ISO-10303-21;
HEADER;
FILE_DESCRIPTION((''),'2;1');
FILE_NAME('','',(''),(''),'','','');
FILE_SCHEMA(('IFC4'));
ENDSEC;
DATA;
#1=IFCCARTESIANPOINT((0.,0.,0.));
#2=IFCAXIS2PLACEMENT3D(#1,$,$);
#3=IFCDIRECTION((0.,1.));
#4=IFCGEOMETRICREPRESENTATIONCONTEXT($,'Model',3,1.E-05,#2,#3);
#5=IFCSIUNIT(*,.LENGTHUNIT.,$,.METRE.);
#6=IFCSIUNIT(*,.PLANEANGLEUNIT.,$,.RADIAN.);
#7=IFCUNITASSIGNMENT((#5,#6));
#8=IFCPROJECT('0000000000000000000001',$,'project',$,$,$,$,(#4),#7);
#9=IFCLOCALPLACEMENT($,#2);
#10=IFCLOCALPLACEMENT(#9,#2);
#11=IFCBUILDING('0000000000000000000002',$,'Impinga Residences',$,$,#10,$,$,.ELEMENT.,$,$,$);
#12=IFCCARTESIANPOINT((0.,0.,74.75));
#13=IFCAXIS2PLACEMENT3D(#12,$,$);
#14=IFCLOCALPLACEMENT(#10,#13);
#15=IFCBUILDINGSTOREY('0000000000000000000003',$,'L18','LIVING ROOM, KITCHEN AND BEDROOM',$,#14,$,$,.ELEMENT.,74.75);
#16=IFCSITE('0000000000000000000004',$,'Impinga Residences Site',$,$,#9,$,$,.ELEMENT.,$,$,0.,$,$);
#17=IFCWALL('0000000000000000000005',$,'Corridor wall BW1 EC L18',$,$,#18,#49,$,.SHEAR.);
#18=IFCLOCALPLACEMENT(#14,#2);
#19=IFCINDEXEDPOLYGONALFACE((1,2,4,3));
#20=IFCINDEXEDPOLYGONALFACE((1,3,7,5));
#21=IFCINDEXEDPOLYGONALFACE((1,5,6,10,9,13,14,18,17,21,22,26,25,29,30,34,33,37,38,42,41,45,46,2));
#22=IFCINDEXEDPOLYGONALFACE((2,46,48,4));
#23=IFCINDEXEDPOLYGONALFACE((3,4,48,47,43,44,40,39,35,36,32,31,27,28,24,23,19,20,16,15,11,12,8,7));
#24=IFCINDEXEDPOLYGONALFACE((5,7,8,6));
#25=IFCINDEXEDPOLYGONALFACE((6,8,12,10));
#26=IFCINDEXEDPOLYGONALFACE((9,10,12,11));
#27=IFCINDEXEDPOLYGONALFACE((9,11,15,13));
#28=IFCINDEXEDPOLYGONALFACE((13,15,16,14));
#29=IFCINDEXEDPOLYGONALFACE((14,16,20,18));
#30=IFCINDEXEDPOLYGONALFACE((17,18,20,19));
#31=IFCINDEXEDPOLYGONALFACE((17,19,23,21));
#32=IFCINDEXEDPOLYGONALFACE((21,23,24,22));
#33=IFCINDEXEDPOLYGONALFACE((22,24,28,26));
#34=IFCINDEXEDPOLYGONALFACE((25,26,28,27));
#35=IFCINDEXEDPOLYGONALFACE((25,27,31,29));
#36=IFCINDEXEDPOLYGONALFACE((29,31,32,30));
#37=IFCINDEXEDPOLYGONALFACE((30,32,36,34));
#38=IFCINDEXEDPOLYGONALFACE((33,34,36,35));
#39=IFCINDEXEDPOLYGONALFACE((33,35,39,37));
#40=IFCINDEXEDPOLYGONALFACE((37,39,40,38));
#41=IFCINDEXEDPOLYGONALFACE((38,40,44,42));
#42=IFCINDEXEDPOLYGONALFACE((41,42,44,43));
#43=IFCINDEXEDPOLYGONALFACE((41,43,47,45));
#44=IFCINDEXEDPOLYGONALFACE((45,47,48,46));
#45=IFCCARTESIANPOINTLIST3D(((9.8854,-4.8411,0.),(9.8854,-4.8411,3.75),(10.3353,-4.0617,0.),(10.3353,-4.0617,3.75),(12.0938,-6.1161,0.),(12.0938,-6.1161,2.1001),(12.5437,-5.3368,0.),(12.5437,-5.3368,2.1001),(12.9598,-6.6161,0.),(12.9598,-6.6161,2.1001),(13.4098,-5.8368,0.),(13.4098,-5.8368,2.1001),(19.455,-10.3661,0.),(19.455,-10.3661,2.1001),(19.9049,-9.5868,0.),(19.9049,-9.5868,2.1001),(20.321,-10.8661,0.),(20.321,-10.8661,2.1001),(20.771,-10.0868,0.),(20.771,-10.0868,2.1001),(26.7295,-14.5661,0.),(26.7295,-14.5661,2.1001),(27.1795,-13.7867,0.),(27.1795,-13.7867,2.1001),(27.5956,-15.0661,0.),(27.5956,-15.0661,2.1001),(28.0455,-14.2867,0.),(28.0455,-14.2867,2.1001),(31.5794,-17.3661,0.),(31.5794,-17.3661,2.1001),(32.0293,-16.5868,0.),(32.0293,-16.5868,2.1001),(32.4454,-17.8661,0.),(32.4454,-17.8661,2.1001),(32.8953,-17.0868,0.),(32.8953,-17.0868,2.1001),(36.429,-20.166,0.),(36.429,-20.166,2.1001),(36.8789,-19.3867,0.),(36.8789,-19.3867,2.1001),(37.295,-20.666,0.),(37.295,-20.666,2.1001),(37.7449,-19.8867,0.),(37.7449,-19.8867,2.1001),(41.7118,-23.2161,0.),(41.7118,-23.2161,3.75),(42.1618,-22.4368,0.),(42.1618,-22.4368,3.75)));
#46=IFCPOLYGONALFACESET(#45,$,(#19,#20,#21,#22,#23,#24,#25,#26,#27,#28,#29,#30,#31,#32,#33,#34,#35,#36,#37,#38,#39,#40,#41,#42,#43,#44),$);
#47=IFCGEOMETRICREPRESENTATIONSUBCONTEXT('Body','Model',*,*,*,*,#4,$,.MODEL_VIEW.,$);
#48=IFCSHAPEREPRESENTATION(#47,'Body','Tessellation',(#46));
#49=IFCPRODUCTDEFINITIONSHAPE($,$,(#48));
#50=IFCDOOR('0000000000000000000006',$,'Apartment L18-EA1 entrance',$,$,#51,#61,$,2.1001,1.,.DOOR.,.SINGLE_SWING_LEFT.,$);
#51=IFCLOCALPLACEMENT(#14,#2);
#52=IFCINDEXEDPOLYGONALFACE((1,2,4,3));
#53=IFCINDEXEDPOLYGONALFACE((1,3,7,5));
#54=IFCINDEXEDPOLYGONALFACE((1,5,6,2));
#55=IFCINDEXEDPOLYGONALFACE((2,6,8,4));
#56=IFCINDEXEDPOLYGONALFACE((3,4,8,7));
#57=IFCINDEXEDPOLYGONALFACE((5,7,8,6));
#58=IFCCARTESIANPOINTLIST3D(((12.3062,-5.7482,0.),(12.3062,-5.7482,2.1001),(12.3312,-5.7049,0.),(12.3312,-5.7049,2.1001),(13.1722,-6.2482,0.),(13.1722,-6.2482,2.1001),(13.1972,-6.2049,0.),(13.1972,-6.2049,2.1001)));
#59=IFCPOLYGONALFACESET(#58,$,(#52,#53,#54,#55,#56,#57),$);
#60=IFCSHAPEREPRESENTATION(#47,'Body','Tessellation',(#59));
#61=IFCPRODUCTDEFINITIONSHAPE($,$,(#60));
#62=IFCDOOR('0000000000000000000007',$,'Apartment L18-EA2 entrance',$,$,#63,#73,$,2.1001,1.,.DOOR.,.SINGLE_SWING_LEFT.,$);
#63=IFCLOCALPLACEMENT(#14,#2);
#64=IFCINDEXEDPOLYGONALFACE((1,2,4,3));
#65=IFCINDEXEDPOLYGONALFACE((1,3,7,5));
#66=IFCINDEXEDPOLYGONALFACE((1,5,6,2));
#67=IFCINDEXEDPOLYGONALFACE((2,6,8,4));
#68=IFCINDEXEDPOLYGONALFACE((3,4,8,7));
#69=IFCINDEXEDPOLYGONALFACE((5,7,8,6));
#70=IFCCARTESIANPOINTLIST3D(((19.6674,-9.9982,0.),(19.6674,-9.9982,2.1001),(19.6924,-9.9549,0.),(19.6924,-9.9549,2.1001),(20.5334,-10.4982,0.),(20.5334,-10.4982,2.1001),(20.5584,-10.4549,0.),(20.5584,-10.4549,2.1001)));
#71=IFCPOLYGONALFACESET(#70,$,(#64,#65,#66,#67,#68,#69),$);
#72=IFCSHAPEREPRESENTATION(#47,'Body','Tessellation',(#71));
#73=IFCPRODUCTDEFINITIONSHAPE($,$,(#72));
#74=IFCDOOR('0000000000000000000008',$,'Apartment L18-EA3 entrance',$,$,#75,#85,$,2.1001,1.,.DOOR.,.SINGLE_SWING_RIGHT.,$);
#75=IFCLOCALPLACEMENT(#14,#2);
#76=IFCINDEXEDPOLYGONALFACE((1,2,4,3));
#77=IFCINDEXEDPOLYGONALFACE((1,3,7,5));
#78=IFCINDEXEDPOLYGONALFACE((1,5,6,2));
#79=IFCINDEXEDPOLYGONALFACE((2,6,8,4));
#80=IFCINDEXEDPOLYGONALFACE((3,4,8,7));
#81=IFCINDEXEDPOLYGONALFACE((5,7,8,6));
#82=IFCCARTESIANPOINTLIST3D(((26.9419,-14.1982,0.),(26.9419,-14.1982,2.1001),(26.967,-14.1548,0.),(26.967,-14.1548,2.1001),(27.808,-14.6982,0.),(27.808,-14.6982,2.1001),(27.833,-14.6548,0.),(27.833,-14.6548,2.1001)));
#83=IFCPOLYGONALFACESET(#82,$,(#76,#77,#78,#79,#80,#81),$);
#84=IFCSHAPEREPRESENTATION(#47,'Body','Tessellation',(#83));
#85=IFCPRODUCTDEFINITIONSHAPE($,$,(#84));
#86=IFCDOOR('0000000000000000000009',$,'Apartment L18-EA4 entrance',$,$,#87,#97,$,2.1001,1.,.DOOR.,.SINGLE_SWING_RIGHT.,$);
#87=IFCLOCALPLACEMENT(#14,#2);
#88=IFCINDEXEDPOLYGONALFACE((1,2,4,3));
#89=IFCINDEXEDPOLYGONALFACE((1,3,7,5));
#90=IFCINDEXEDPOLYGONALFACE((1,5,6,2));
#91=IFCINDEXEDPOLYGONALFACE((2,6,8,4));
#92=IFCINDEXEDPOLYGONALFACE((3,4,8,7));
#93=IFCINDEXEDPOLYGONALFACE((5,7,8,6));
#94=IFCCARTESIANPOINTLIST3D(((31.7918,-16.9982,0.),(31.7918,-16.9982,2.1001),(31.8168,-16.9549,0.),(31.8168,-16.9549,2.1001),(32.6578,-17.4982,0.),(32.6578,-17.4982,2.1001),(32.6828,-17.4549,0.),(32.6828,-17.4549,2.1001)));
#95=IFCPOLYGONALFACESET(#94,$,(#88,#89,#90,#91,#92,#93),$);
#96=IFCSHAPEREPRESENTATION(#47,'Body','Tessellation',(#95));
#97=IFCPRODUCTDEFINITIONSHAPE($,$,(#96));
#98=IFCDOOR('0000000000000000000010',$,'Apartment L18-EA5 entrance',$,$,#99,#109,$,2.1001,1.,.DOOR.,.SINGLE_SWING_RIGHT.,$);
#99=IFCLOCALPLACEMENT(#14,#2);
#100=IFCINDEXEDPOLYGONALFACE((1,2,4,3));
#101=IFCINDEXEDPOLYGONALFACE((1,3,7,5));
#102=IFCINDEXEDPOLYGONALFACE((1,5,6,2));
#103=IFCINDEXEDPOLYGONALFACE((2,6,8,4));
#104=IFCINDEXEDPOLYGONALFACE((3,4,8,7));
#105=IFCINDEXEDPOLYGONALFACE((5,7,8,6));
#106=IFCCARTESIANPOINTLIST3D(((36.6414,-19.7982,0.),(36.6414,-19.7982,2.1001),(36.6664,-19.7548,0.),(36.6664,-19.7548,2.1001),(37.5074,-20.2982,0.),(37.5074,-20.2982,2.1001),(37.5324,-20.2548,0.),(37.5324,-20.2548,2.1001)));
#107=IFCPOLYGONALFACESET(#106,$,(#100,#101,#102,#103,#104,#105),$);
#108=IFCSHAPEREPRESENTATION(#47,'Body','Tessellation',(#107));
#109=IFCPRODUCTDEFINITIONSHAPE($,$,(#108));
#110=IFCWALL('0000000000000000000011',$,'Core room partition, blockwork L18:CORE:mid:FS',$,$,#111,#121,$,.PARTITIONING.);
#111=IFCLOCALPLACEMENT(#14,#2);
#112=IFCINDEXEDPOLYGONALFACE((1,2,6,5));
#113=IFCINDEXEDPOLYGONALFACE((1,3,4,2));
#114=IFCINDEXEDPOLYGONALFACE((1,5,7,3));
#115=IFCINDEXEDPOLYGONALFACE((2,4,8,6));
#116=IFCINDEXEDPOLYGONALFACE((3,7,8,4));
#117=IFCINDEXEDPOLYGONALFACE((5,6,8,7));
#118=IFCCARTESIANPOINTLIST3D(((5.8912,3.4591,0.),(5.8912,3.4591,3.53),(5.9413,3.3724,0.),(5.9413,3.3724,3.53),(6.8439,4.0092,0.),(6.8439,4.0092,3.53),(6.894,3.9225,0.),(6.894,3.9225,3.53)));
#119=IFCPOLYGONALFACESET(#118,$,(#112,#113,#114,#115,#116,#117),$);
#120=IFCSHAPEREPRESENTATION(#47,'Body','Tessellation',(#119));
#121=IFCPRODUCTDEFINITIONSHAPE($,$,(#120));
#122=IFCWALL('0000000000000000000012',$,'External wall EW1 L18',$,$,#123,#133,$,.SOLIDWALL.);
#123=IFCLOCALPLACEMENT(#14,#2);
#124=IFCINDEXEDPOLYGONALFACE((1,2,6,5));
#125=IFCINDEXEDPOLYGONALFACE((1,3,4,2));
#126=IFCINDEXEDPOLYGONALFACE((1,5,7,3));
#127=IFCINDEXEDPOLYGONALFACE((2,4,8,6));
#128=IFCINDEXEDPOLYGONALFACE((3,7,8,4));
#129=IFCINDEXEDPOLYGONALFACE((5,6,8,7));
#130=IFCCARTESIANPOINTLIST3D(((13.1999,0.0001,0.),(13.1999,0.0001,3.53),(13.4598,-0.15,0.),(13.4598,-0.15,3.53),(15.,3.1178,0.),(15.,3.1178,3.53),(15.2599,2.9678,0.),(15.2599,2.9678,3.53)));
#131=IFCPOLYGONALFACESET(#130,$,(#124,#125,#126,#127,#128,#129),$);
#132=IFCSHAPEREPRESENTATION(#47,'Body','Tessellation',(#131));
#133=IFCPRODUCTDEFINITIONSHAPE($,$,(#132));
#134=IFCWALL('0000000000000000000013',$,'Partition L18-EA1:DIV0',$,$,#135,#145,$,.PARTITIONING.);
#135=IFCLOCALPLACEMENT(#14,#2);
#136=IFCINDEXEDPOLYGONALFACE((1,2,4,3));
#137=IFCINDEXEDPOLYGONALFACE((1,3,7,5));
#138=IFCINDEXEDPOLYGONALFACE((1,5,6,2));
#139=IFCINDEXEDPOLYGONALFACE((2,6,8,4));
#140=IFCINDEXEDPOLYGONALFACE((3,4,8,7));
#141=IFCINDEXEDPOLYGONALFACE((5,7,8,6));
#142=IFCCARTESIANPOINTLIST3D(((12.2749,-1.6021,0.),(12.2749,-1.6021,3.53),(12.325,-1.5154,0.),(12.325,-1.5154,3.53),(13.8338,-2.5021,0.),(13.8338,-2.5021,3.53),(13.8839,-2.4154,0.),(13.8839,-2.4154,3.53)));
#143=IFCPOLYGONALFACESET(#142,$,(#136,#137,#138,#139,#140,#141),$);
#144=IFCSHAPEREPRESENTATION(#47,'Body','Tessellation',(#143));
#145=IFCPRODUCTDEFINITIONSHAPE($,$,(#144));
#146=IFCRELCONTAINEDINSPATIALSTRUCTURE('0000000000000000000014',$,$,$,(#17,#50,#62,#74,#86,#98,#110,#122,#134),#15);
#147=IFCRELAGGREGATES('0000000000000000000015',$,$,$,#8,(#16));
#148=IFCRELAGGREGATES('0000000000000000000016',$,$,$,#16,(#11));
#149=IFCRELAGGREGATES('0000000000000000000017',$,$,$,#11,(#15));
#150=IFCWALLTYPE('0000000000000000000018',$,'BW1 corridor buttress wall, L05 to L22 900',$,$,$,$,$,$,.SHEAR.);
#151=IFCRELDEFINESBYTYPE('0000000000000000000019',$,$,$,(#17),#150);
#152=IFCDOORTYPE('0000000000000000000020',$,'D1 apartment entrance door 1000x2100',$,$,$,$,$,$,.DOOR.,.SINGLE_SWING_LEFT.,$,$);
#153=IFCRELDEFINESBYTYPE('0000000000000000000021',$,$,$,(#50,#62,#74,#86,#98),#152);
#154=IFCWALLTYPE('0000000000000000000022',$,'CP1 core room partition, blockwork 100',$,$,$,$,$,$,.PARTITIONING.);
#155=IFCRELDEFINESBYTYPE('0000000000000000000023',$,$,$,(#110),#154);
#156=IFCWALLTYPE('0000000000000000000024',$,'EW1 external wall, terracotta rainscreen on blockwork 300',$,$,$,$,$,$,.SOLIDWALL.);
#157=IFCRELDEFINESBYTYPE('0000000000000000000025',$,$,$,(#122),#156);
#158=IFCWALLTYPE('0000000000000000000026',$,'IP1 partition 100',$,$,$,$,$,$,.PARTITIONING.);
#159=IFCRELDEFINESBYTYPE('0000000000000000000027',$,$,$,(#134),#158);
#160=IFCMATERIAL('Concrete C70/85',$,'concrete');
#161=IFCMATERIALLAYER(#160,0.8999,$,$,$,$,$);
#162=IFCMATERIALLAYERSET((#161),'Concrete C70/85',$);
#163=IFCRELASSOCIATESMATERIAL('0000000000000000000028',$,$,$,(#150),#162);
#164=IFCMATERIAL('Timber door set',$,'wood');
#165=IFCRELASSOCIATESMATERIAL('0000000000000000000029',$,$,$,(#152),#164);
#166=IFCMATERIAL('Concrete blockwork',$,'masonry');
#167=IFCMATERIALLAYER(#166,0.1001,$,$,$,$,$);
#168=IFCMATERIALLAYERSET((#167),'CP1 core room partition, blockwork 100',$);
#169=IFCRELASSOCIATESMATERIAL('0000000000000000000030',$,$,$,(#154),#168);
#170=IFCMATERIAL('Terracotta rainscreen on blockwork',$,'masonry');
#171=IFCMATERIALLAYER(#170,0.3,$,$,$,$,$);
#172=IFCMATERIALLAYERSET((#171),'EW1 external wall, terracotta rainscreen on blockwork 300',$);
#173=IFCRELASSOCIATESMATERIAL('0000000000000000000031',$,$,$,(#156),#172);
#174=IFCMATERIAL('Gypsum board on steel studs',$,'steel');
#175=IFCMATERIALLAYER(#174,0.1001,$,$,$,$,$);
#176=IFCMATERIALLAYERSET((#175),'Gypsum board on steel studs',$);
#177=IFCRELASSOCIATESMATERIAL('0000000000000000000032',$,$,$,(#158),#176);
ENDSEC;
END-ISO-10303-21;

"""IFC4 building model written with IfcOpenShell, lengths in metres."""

from ifc_helpers import new_model, si_unit, direction, frame, frame_2d, origin, place, context, subcontext, project, spatial, rectangle, extrude, material, layer, layer_set, type_object, element, fill, save


model = new_model("IFC4")

# Units and contexts
model_context = context("Model", 3, precision=1e-05, world=origin(), true_north=direction((0.0, 1.0)))
body_context = subcontext(model_context, "Body", "Model", "MODEL_VIEW")
ifc_project = project(units=[si_unit("LENGTHUNIT", "METRE"), si_unit("PLANEANGLEUNIT", "RADIAN")], contexts=[model_context])

# Site, building, storey
site_placement = place(None, origin())
site = spatial("IfcSite", under=ifc_project, at=site_placement, Name="Impinga Residences Site", CompositionType="ELEMENT", RefElevation=0.0)
building_placement = place(site_placement, origin())
building = spatial("IfcBuilding", under=site, at=building_placement, Name="Impinga Residences", CompositionType="ELEMENT")
storey_placement = place(building_placement, frame((0.0, 0.0, 74.75)))
storey = spatial("IfcBuildingStorey", under=building, at=storey_placement, Name="L18", Description="LIVING ROOM, KITCHEN AND BEDROOM", CompositionType="ELEMENT", Elevation=74.75)

# Wall, openings, doors
ifc_material_1 = material(Name="Concrete C70/85", Category="concrete")
ifc_layer_1 = layer(ifc_material_1, 0.8999)
ifc_layer_set_1 = layer_set([ifc_layer_1], Name="Concrete C70/85")
wall_type_1 = type_object("IfcWallType", Name="BW1 corridor buttress wall, L05 to L22 900", PredefinedType="SHEAR", material=ifc_layer_set_1)
wall_1_placement = place(storey_placement, frame((10.1104, -4.4514, 0.0), z_axis=(0.0, 0.0, 1.0), x_axis=(0.866025, -0.5, 0.0)))
wall_1 = element("IfcWall", 1, at=wall_1_placement, inside=storey, type_object=wall_type_1, Name="Corridor wall BW1 EC L18", PredefinedType="SHEAR", context=body_context, shape_type="SweptSolid", body=[
    extrude(rectangle(XDim=36.75, YDim=0.8999, at=frame_2d((18.375, 0.0))), origin(), (0.0, 0.0, 1.0), 3.75),
])
opening_1_placement = place(wall_1_placement, frame((2.55, 0.0, 0.0)))
opening_1 = element("IfcOpeningElement", 2, at=opening_1_placement, cuts=wall_1, PredefinedType="OPENING", context=body_context, shape_type="SweptSolid", body=[
    extrude(rectangle(XDim=1.0, YDim=2.1001, at=frame_2d((0.5, 1.05))), frame((0.0, 0.46, 0.0), z_axis=(0.0, -1.0, 0.0), x_axis=(1.0, 0.0, 0.0)), (0.0, 0.0, 1.0), 0.9199),
])
opening_2_placement = place(wall_1_placement, frame((11.05, 0.0, 0.0)))
opening_2 = element("IfcOpeningElement", 3, at=opening_2_placement, cuts=wall_1, PredefinedType="OPENING", context=body_context, shape_type="SweptSolid", body=[
    extrude(rectangle(XDim=1.0, YDim=2.1001, at=frame_2d((0.5, 1.05))), frame((0.0, 0.46, 0.0), z_axis=(0.0, -1.0, 0.0), x_axis=(1.0, 0.0, 0.0)), (0.0, 0.0, 1.0), 0.9199),
])
opening_3_placement = place(wall_1_placement, frame((19.45, 0.0, 0.0)))
opening_3 = element("IfcOpeningElement", 4, at=opening_3_placement, cuts=wall_1, PredefinedType="OPENING", context=body_context, shape_type="SweptSolid", body=[
    extrude(rectangle(XDim=1.0, YDim=2.1001, at=frame_2d((0.5, 1.05))), frame((0.0, 0.46, 0.0), z_axis=(0.0, -1.0, 0.0), x_axis=(1.0, 0.0, 0.0)), (0.0, 0.0, 1.0), 0.9199),
])
opening_4_placement = place(wall_1_placement, frame((25.05, 0.0, 0.0)))
opening_4 = element("IfcOpeningElement", 5, at=opening_4_placement, cuts=wall_1, PredefinedType="OPENING", context=body_context, shape_type="SweptSolid", body=[
    extrude(rectangle(XDim=1.0, YDim=2.1001, at=frame_2d((0.5, 1.05))), frame((0.0, 0.46, 0.0), z_axis=(0.0, -1.0, 0.0), x_axis=(1.0, 0.0, 0.0)), (0.0, 0.0, 1.0), 0.9199),
])
opening_5_placement = place(wall_1_placement, frame((30.6499, 0.0, 0.0)))
opening_5 = element("IfcOpeningElement", 6, at=opening_5_placement, cuts=wall_1, PredefinedType="OPENING", context=body_context, shape_type="SweptSolid", body=[
    extrude(rectangle(XDim=1.0, YDim=2.1001, at=frame_2d((0.5, 1.05))), frame((0.0, 0.46, 0.0), z_axis=(0.0, -1.0, 0.0), x_axis=(1.0, 0.0, 0.0)), (0.0, 0.0, 1.0), 0.9199),
])
ifc_material_2 = material(Name="Timber door set", Category="wood")
door_type_1 = type_object("IfcDoorType", Name="D1 apartment entrance door 1000x2100", OperationType="SINGLE_SWING_LEFT", PredefinedType="DOOR", material=ifc_material_2)
door_1_placement = place(opening_1_placement, origin())
door_1 = element("IfcDoor", 7, at=door_1_placement, inside=storey, type_object=door_type_1, Name="Apartment L18-EA1 entrance", OperationType="SINGLE_SWING_LEFT", OverallHeight=2.1001, OverallWidth=1.0, PredefinedType="DOOR", context=body_context, shape_type="SweptSolid", body=[
    extrude(rectangle(XDim=1.0, YDim=2.1001, at=frame_2d((0.5, 1.05))), frame((0.0, 0.0249, 0.0), z_axis=(0.0, -1.0, 0.0), x_axis=(1.0, 0.0, 0.0)), (0.0, 0.0, 1.0), 0.05),
])
fill(opening_1, door_1)
door_2_placement = place(opening_2_placement, origin())
door_2 = element("IfcDoor", 8, at=door_2_placement, inside=storey, type_object=door_type_1, Name="Apartment L18-EA2 entrance", OperationType="SINGLE_SWING_LEFT", OverallHeight=2.1001, OverallWidth=1.0, PredefinedType="DOOR", context=body_context, shape_type="SweptSolid", body=[
    extrude(rectangle(XDim=1.0, YDim=2.1001, at=frame_2d((0.5, 1.05))), frame((0.0, 0.0249, 0.0), z_axis=(0.0, -1.0, 0.0), x_axis=(1.0, 0.0, 0.0)), (0.0, 0.0, 1.0), 0.05),
])
fill(opening_2, door_2)
door_3_placement = place(opening_3_placement, origin())
door_3 = element("IfcDoor", 9, at=door_3_placement, inside=storey, type_object=door_type_1, Name="Apartment L18-EA3 entrance", OperationType="SINGLE_SWING_RIGHT", OverallHeight=2.1001, OverallWidth=1.0, PredefinedType="DOOR", context=body_context, shape_type="SweptSolid", body=[
    extrude(rectangle(XDim=1.0, YDim=2.1001, at=frame_2d((0.5, 1.05))), frame((0.0, 0.0249, 0.0), z_axis=(0.0, -1.0, 0.0), x_axis=(1.0, 0.0, 0.0)), (0.0, 0.0, 1.0), 0.05),
])
fill(opening_3, door_3)
door_4_placement = place(opening_4_placement, origin())
door_4 = element("IfcDoor", 10, at=door_4_placement, inside=storey, type_object=door_type_1, Name="Apartment L18-EA4 entrance", OperationType="SINGLE_SWING_RIGHT", OverallHeight=2.1001, OverallWidth=1.0, PredefinedType="DOOR", context=body_context, shape_type="SweptSolid", body=[
    extrude(rectangle(XDim=1.0, YDim=2.1001, at=frame_2d((0.5, 1.05))), frame((0.0, 0.0249, 0.0), z_axis=(0.0, -1.0, 0.0), x_axis=(1.0, 0.0, 0.0)), (0.0, 0.0, 1.0), 0.05),
])
fill(opening_4, door_4)
door_5_placement = place(opening_5_placement, origin())
door_5 = element("IfcDoor", 11, at=door_5_placement, inside=storey, type_object=door_type_1, Name="Apartment L18-EA5 entrance", OperationType="SINGLE_SWING_RIGHT", OverallHeight=2.1001, OverallWidth=1.0, PredefinedType="DOOR", context=body_context, shape_type="SweptSolid", body=[
    extrude(rectangle(XDim=1.0, YDim=2.1001, at=frame_2d((0.5, 1.05))), frame((0.0, 0.0249, 0.0), z_axis=(0.0, -1.0, 0.0), x_axis=(1.0, 0.0, 0.0)), (0.0, 0.0, 1.0), 0.05),
])
fill(opening_5, door_5)

# Walls
ifc_material_3 = material(Name="Concrete blockwork", Category="masonry")
ifc_layer_2 = layer(ifc_material_3, 0.1001)
ifc_layer_set_2 = layer_set([ifc_layer_2], Name="CP1 core room partition, blockwork 100")
wall_type_2 = type_object("IfcWallType", Name="CP1 core room partition, blockwork 100", PredefinedType="PARTITIONING", material=ifc_layer_set_2)
wall_2_placement = place(storey_placement, frame((5.9163, 3.4158, 0.0), z_axis=(0.0, 0.0, 1.0), x_axis=(0.866008, 0.50003, 0.0)))
element("IfcWall", 12, at=wall_2_placement, inside=storey, type_object=wall_type_2, Name="Core room partition, blockwork L18:CORE:mid:FS", PredefinedType="PARTITIONING", context=body_context, shape_type="SweptSolid", body=[
    extrude(rectangle(XDim=1.1001, YDim=0.1001, at=frame_2d((0.55, 0.0))), origin(), (0.0, 0.0, 1.0), 3.53),
])
ifc_material_4 = material(Name="Terracotta rainscreen on blockwork", Category="masonry")
ifc_layer_3 = layer(ifc_material_4, 0.3)
ifc_layer_set_3 = layer_set([ifc_layer_3], Name="EW1 external wall, terracotta rainscreen on blockwork 300")
wall_type_3 = type_object("IfcWallType", Name="EW1 external wall, terracotta rainscreen on blockwork 300", PredefinedType="SOLIDWALL", material=ifc_layer_set_3)
wall_3_placement = place(storey_placement, frame((13.3298, -0.075, 0.0), z_axis=(0.0, 0.0, 1.0), x_axis=(0.500012, 0.866018, 0.0)))
element("IfcWall", 13, at=wall_3_placement, inside=storey, type_object=wall_type_3, Name="External wall EW1 L18", PredefinedType="SOLIDWALL", context=body_context, shape_type="SweptSolid", body=[
    extrude(rectangle(XDim=3.6001, YDim=0.3, at=frame_2d((1.8, 0.0))), origin(), (0.0, 0.0, 1.0), 3.53),
])
ifc_material_5 = material(Name="Gypsum board on steel studs", Category="steel")
ifc_layer_4 = layer(ifc_material_5, 0.1001)
ifc_layer_set_4 = layer_set([ifc_layer_4], Name="Gypsum board on steel studs")
wall_type_4 = type_object("IfcWallType", Name="IP1 partition 100", PredefinedType="PARTITIONING", material=ifc_layer_set_4)
wall_4_placement = place(storey_placement, frame((12.3, -1.5588, 0.0), z_axis=(0.0, 0.0, 1.0), x_axis=(0.866048, -0.499961, 0.0)))
element("IfcWall", 14, at=wall_4_placement, inside=storey, type_object=wall_type_4, Name="Partition L18-EA1:DIV0", PredefinedType="PARTITIONING", context=body_context, shape_type="SweptSolid", body=[
    extrude(rectangle(XDim=1.8, YDim=0.1001, at=frame_2d((0.8999, 0.0))), origin(), (0.0, 0.0, 1.0), 3.53),
])

save(model, "model.ifc")
